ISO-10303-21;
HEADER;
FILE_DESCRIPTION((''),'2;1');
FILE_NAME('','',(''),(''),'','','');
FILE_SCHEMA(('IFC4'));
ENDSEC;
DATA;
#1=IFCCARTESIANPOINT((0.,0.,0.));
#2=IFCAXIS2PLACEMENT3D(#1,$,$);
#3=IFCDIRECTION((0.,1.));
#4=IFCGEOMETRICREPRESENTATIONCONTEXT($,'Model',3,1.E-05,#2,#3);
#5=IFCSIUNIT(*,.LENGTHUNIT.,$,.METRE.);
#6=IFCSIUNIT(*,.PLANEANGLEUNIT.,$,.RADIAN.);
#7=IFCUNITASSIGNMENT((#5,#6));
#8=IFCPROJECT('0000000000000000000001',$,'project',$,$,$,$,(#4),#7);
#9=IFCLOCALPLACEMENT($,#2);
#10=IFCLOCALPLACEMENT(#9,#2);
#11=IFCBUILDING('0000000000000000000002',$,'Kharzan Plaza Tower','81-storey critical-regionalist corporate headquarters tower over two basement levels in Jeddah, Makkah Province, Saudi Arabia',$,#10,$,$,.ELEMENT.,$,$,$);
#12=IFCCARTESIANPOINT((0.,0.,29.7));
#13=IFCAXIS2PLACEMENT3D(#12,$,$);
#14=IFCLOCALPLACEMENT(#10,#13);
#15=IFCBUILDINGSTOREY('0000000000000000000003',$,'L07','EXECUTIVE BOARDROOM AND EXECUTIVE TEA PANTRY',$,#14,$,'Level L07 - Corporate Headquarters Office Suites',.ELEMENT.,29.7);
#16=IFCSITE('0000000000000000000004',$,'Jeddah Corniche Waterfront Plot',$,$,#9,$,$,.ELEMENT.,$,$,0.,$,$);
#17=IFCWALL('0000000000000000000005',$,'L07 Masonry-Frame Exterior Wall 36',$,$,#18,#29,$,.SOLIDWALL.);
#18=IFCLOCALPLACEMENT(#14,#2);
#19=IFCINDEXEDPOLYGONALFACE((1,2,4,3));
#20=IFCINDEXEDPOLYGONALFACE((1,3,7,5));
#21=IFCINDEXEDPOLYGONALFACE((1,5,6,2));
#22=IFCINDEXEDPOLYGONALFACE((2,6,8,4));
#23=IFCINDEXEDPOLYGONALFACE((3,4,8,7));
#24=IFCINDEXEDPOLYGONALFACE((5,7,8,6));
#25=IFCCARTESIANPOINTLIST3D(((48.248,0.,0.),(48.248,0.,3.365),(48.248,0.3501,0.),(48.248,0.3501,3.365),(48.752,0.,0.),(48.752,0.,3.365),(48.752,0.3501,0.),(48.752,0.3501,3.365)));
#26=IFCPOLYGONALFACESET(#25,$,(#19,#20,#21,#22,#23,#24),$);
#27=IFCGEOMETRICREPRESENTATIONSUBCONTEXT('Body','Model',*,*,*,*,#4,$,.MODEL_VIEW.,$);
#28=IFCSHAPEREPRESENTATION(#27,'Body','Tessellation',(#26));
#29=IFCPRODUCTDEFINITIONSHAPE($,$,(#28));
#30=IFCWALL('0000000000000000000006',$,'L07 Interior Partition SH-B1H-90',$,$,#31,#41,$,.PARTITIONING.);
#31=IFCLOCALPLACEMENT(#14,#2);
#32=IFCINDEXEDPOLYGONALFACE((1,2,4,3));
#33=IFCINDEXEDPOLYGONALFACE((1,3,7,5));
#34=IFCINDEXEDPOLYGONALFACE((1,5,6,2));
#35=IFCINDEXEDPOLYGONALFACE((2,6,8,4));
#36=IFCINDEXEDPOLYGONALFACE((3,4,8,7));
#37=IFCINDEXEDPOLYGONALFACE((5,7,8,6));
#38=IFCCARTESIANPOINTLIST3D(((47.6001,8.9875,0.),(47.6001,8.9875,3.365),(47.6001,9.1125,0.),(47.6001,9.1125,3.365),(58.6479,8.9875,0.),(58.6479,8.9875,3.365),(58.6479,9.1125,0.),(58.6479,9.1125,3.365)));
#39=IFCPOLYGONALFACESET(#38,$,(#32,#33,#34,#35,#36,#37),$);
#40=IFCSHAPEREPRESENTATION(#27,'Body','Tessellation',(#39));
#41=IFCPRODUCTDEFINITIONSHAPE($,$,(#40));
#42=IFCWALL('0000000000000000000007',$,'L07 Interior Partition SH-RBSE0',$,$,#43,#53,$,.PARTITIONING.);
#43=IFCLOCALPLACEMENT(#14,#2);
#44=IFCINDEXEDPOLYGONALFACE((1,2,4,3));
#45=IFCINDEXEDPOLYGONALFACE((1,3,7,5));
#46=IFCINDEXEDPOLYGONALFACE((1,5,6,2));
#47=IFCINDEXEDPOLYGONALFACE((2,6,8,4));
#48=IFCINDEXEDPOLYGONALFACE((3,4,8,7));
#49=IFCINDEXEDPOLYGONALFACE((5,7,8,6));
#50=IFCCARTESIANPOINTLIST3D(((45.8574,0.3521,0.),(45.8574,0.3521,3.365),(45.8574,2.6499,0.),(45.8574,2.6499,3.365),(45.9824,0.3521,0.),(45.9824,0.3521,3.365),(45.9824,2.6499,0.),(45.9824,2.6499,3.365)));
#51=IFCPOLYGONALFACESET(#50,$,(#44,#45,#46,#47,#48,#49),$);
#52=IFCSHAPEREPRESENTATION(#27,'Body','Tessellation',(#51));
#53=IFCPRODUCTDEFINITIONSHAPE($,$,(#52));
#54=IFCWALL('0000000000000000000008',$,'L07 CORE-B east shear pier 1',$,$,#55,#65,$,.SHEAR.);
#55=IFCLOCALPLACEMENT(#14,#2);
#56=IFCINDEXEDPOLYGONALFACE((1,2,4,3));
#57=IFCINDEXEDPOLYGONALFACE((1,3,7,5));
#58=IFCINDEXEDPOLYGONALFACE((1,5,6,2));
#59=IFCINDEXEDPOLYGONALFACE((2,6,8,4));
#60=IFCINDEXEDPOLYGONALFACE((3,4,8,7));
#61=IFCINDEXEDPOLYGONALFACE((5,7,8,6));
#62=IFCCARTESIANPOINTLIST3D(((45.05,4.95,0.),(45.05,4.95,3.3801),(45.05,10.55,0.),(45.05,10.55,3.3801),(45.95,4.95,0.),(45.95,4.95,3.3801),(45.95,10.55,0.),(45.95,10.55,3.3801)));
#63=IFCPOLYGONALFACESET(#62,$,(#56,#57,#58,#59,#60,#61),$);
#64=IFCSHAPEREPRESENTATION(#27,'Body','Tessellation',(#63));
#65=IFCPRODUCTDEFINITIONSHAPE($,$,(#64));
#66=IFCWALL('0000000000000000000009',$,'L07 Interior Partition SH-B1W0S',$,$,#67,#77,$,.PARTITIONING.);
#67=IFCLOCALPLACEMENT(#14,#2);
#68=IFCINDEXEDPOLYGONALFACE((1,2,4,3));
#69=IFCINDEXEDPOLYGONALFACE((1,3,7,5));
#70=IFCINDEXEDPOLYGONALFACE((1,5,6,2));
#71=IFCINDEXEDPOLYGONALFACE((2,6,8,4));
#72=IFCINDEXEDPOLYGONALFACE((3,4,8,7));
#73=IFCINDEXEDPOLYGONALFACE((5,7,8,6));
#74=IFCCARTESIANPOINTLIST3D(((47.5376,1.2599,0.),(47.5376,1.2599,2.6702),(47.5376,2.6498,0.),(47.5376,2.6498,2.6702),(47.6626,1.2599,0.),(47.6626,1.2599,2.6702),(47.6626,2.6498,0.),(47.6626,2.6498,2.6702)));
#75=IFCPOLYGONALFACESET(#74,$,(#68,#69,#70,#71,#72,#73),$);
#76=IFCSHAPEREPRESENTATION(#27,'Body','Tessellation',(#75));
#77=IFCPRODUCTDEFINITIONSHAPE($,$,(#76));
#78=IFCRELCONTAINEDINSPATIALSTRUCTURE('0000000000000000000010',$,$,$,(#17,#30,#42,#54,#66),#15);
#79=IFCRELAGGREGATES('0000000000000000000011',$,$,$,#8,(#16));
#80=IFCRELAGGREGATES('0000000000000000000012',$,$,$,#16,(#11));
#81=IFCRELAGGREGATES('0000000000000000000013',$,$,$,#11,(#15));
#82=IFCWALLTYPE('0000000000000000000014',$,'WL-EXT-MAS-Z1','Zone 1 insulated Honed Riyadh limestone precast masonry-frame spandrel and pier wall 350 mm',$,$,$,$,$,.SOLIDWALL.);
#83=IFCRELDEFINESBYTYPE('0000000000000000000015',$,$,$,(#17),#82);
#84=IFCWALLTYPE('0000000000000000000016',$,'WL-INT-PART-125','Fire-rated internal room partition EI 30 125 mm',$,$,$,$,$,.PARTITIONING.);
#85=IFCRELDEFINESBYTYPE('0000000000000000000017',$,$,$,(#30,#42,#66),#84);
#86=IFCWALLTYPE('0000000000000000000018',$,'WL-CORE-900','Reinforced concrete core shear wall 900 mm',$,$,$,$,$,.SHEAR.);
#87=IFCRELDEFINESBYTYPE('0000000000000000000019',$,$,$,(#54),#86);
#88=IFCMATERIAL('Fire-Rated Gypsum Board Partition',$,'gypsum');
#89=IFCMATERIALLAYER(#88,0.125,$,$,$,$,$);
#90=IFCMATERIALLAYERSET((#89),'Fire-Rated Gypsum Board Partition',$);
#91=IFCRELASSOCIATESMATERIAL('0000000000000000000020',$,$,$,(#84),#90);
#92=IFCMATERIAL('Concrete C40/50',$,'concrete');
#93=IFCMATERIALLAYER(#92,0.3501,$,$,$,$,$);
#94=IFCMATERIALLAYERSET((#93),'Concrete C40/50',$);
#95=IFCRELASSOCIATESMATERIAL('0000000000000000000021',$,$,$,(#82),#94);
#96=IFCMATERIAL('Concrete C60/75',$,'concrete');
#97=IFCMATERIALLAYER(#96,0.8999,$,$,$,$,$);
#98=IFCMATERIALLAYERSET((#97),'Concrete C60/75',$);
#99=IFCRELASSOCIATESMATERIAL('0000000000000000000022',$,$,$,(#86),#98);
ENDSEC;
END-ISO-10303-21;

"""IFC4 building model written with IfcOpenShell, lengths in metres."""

from ifc_helpers import new_model, si_unit, direction, frame, frame_2d, origin, place, context, subcontext, project, spatial, rectangle, extrude, source, transform, mapped, material, layer, layer_set, type_object, element, save


model = new_model("IFC4")

# Units and contexts
model_context = context("Model", 3, precision=1e-05, world=origin(), true_north=direction((0.0, 1.0)))
body_context = subcontext(model_context, "Body", "Model", "MODEL_VIEW")
ifc_project = project(units=[si_unit("LENGTHUNIT", "METRE"), si_unit("PLANEANGLEUNIT", "RADIAN")], contexts=[model_context])

# Site, building, storey
site_placement = place(None, origin())
site = spatial("IfcSite", under=ifc_project, at=site_placement, Name="Jeddah Corniche Waterfront Plot", CompositionType="ELEMENT", RefElevation=0.0)
building_placement = place(site_placement, origin())
building = spatial("IfcBuilding", under=site, at=building_placement, Name="Kharzan Plaza Tower", Description="81-storey critical-regionalist corporate headquarters tower over two basement levels in Jeddah, Makkah Province, Saudi Arabia", CompositionType="ELEMENT")
storey_placement = place(building_placement, frame((0.0, 0.0, 29.7)))
storey = spatial("IfcBuildingStorey", under=building, at=storey_placement, Name="L07", Description="EXECUTIVE BOARDROOM AND EXECUTIVE TEA PANTRY", LongName="Level L07 - Corporate Headquarters Office Suites", CompositionType="ELEMENT", Elevation=29.7)

# Shared definitions
ifc_material_1 = material(Name="Concrete C60/75", Category="concrete")

# Shared definitions
ifc_material_2 = material(Name="Fire-Rated Gypsum Board Partition", Category="gypsum")
ifc_layer_1 = layer(ifc_material_2, 0.125)
ifc_layer_set_1 = layer_set([ifc_layer_1], Name="Fire-Rated Gypsum Board Partition")
wall_type_1 = type_object("IfcWallType", Name="WL-INT-PART-125", Description="Fire-rated internal room partition EI 30 125 mm", PredefinedType="PARTITIONING", material=ifc_layer_set_1)

# Walls
ifc_material_3 = material(Name="Concrete C40/50", Category="concrete")
ifc_layer_2 = layer(ifc_material_3, 0.3501)
ifc_layer_set_2 = layer_set([ifc_layer_2], Name="Concrete C40/50")
wall_type_2 = type_object("IfcWallType", Name="WL-EXT-MAS-Z1", Description="Zone 1 insulated Honed Riyadh limestone precast masonry-frame spandrel and pier wall 350 mm", PredefinedType="SOLIDWALL", material=ifc_layer_set_2)
shared_shape_1 = source(origin(), body_context, "Body", "SweptSolid", [
    extrude(rectangle(XDim=0.5039, YDim=0.3501, at=frame_2d((0.252, 0.0))), origin(), (0.0, 0.0, 1.0), 3.365),
])
wall_1_placement = place(storey_placement, frame((48.248, 0.175, 0.0), z_axis=(0.0, 0.0, 1.0), x_axis=(1.0, 0.0, 0.0)))
element("IfcWall", 1, at=wall_1_placement, inside=storey, type_object=wall_type_2, Name="L07 Masonry-Frame Exterior Wall 36", PredefinedType="SOLIDWALL", context=body_context, shape_type="MappedRepresentation", body=[
    mapped(shared_shape_1, transform((0.0, 0.0, 0.0), x_axis=(1.0, 0.0, 0.0), y_axis=(0.0, 1.0, 0.0), z_axis=(0.0, 0.0, 1.0))),
])
shared_shape_2 = source(origin(), body_context, "Body", "SweptSolid", [
    extrude(rectangle(XDim=11.0479, YDim=0.125, at=frame_2d((5.5239, 0.0))), origin(), (0.0, 0.0, 1.0), 3.365),
])
wall_2_placement = place(storey_placement, frame((47.6001, 9.05, 0.0), z_axis=(0.0, 0.0, 1.0), x_axis=(1.0, 0.0, 0.0)))
element("IfcWall", 2, at=wall_2_placement, inside=storey, type_object=wall_type_1, Name="L07 Interior Partition SH-B1H-90", PredefinedType="PARTITIONING", context=body_context, shape_type="MappedRepresentation", body=[
    mapped(shared_shape_2, transform((0.0, 0.0, 0.0), x_axis=(1.0, 0.0, 0.0), y_axis=(0.0, 1.0, 0.0), z_axis=(0.0, 0.0, 1.0))),
])
shared_shape_3 = source(origin(), body_context, "Body", "SweptSolid", [
    extrude(rectangle(XDim=2.2979, YDim=0.125, at=frame_2d((1.1489, 0.0))), origin(), (0.0, 0.0, 1.0), 3.365),
])
wall_3_placement = place(storey_placement, frame((45.9199, 0.3521, 0.0), z_axis=(0.0, 0.0, 1.0), x_axis=(0.0, 1.0, 0.0)))
element("IfcWall", 3, at=wall_3_placement, inside=storey, type_object=wall_type_1, Name="L07 Interior Partition SH-RBSE0", PredefinedType="PARTITIONING", context=body_context, shape_type="MappedRepresentation", body=[
    mapped(shared_shape_3, transform((0.0, 0.0, 0.0), x_axis=(1.0, 0.0, 0.0), y_axis=(0.0, 1.0, 0.0), z_axis=(0.0, 0.0, 1.0))),
])
ifc_layer_3 = layer(ifc_material_1, 0.8999)
ifc_layer_set_3 = layer_set([ifc_layer_3], Name="Concrete C60/75")
wall_type_3 = type_object("IfcWallType", Name="WL-CORE-900", Description="Reinforced concrete core shear wall 900 mm", PredefinedType="SHEAR", material=ifc_layer_set_3)
shared_shape_4 = source(origin(), body_context, "Body", "SweptSolid", [
    extrude(rectangle(XDim=5.6001, YDim=0.8999, at=frame_2d((2.8, 0.0))), origin(), (0.0, 0.0, 1.0), 3.3801),
])
wall_4_placement = place(storey_placement, frame((45.5, 4.95, 0.0), z_axis=(0.0, 0.0, 1.0), x_axis=(0.0, 1.0, 0.0)))
element("IfcWall", 4, at=wall_4_placement, inside=storey, type_object=wall_type_3, Name="L07 CORE-B east shear pier 1", PredefinedType="SHEAR", context=body_context, shape_type="MappedRepresentation", body=[
    mapped(shared_shape_4, transform((0.0, 0.0, 0.0), x_axis=(1.0, 0.0, 0.0), y_axis=(0.0, 1.0, 0.0), z_axis=(0.0, 0.0, 1.0))),
])
shared_shape_5 = source(origin(), body_context, "Body", "SweptSolid", [
    extrude(rectangle(XDim=1.3899, YDim=0.125, at=frame_2d((0.6948, 0.0))), origin(), (0.0, 0.0, 1.0), 2.6702),
])
wall_5_placement = place(storey_placement, frame((47.6001, 1.26, 0.0), z_axis=(0.0, 0.0, 1.0), x_axis=(0.0, 1.0, 0.0)))
element("IfcWall", 5, at=wall_5_placement, inside=storey, type_object=wall_type_1, Name="L07 Interior Partition SH-B1W0S", PredefinedType="PARTITIONING", context=body_context, shape_type="MappedRepresentation", body=[
    mapped(shared_shape_5, transform((0.0, 0.0, 0.0), x_axis=(1.0, 0.0, 0.0), y_axis=(0.0, 1.0, 0.0), z_axis=(0.0, 0.0, 1.0))),
])

save(model, "model.ifc")
